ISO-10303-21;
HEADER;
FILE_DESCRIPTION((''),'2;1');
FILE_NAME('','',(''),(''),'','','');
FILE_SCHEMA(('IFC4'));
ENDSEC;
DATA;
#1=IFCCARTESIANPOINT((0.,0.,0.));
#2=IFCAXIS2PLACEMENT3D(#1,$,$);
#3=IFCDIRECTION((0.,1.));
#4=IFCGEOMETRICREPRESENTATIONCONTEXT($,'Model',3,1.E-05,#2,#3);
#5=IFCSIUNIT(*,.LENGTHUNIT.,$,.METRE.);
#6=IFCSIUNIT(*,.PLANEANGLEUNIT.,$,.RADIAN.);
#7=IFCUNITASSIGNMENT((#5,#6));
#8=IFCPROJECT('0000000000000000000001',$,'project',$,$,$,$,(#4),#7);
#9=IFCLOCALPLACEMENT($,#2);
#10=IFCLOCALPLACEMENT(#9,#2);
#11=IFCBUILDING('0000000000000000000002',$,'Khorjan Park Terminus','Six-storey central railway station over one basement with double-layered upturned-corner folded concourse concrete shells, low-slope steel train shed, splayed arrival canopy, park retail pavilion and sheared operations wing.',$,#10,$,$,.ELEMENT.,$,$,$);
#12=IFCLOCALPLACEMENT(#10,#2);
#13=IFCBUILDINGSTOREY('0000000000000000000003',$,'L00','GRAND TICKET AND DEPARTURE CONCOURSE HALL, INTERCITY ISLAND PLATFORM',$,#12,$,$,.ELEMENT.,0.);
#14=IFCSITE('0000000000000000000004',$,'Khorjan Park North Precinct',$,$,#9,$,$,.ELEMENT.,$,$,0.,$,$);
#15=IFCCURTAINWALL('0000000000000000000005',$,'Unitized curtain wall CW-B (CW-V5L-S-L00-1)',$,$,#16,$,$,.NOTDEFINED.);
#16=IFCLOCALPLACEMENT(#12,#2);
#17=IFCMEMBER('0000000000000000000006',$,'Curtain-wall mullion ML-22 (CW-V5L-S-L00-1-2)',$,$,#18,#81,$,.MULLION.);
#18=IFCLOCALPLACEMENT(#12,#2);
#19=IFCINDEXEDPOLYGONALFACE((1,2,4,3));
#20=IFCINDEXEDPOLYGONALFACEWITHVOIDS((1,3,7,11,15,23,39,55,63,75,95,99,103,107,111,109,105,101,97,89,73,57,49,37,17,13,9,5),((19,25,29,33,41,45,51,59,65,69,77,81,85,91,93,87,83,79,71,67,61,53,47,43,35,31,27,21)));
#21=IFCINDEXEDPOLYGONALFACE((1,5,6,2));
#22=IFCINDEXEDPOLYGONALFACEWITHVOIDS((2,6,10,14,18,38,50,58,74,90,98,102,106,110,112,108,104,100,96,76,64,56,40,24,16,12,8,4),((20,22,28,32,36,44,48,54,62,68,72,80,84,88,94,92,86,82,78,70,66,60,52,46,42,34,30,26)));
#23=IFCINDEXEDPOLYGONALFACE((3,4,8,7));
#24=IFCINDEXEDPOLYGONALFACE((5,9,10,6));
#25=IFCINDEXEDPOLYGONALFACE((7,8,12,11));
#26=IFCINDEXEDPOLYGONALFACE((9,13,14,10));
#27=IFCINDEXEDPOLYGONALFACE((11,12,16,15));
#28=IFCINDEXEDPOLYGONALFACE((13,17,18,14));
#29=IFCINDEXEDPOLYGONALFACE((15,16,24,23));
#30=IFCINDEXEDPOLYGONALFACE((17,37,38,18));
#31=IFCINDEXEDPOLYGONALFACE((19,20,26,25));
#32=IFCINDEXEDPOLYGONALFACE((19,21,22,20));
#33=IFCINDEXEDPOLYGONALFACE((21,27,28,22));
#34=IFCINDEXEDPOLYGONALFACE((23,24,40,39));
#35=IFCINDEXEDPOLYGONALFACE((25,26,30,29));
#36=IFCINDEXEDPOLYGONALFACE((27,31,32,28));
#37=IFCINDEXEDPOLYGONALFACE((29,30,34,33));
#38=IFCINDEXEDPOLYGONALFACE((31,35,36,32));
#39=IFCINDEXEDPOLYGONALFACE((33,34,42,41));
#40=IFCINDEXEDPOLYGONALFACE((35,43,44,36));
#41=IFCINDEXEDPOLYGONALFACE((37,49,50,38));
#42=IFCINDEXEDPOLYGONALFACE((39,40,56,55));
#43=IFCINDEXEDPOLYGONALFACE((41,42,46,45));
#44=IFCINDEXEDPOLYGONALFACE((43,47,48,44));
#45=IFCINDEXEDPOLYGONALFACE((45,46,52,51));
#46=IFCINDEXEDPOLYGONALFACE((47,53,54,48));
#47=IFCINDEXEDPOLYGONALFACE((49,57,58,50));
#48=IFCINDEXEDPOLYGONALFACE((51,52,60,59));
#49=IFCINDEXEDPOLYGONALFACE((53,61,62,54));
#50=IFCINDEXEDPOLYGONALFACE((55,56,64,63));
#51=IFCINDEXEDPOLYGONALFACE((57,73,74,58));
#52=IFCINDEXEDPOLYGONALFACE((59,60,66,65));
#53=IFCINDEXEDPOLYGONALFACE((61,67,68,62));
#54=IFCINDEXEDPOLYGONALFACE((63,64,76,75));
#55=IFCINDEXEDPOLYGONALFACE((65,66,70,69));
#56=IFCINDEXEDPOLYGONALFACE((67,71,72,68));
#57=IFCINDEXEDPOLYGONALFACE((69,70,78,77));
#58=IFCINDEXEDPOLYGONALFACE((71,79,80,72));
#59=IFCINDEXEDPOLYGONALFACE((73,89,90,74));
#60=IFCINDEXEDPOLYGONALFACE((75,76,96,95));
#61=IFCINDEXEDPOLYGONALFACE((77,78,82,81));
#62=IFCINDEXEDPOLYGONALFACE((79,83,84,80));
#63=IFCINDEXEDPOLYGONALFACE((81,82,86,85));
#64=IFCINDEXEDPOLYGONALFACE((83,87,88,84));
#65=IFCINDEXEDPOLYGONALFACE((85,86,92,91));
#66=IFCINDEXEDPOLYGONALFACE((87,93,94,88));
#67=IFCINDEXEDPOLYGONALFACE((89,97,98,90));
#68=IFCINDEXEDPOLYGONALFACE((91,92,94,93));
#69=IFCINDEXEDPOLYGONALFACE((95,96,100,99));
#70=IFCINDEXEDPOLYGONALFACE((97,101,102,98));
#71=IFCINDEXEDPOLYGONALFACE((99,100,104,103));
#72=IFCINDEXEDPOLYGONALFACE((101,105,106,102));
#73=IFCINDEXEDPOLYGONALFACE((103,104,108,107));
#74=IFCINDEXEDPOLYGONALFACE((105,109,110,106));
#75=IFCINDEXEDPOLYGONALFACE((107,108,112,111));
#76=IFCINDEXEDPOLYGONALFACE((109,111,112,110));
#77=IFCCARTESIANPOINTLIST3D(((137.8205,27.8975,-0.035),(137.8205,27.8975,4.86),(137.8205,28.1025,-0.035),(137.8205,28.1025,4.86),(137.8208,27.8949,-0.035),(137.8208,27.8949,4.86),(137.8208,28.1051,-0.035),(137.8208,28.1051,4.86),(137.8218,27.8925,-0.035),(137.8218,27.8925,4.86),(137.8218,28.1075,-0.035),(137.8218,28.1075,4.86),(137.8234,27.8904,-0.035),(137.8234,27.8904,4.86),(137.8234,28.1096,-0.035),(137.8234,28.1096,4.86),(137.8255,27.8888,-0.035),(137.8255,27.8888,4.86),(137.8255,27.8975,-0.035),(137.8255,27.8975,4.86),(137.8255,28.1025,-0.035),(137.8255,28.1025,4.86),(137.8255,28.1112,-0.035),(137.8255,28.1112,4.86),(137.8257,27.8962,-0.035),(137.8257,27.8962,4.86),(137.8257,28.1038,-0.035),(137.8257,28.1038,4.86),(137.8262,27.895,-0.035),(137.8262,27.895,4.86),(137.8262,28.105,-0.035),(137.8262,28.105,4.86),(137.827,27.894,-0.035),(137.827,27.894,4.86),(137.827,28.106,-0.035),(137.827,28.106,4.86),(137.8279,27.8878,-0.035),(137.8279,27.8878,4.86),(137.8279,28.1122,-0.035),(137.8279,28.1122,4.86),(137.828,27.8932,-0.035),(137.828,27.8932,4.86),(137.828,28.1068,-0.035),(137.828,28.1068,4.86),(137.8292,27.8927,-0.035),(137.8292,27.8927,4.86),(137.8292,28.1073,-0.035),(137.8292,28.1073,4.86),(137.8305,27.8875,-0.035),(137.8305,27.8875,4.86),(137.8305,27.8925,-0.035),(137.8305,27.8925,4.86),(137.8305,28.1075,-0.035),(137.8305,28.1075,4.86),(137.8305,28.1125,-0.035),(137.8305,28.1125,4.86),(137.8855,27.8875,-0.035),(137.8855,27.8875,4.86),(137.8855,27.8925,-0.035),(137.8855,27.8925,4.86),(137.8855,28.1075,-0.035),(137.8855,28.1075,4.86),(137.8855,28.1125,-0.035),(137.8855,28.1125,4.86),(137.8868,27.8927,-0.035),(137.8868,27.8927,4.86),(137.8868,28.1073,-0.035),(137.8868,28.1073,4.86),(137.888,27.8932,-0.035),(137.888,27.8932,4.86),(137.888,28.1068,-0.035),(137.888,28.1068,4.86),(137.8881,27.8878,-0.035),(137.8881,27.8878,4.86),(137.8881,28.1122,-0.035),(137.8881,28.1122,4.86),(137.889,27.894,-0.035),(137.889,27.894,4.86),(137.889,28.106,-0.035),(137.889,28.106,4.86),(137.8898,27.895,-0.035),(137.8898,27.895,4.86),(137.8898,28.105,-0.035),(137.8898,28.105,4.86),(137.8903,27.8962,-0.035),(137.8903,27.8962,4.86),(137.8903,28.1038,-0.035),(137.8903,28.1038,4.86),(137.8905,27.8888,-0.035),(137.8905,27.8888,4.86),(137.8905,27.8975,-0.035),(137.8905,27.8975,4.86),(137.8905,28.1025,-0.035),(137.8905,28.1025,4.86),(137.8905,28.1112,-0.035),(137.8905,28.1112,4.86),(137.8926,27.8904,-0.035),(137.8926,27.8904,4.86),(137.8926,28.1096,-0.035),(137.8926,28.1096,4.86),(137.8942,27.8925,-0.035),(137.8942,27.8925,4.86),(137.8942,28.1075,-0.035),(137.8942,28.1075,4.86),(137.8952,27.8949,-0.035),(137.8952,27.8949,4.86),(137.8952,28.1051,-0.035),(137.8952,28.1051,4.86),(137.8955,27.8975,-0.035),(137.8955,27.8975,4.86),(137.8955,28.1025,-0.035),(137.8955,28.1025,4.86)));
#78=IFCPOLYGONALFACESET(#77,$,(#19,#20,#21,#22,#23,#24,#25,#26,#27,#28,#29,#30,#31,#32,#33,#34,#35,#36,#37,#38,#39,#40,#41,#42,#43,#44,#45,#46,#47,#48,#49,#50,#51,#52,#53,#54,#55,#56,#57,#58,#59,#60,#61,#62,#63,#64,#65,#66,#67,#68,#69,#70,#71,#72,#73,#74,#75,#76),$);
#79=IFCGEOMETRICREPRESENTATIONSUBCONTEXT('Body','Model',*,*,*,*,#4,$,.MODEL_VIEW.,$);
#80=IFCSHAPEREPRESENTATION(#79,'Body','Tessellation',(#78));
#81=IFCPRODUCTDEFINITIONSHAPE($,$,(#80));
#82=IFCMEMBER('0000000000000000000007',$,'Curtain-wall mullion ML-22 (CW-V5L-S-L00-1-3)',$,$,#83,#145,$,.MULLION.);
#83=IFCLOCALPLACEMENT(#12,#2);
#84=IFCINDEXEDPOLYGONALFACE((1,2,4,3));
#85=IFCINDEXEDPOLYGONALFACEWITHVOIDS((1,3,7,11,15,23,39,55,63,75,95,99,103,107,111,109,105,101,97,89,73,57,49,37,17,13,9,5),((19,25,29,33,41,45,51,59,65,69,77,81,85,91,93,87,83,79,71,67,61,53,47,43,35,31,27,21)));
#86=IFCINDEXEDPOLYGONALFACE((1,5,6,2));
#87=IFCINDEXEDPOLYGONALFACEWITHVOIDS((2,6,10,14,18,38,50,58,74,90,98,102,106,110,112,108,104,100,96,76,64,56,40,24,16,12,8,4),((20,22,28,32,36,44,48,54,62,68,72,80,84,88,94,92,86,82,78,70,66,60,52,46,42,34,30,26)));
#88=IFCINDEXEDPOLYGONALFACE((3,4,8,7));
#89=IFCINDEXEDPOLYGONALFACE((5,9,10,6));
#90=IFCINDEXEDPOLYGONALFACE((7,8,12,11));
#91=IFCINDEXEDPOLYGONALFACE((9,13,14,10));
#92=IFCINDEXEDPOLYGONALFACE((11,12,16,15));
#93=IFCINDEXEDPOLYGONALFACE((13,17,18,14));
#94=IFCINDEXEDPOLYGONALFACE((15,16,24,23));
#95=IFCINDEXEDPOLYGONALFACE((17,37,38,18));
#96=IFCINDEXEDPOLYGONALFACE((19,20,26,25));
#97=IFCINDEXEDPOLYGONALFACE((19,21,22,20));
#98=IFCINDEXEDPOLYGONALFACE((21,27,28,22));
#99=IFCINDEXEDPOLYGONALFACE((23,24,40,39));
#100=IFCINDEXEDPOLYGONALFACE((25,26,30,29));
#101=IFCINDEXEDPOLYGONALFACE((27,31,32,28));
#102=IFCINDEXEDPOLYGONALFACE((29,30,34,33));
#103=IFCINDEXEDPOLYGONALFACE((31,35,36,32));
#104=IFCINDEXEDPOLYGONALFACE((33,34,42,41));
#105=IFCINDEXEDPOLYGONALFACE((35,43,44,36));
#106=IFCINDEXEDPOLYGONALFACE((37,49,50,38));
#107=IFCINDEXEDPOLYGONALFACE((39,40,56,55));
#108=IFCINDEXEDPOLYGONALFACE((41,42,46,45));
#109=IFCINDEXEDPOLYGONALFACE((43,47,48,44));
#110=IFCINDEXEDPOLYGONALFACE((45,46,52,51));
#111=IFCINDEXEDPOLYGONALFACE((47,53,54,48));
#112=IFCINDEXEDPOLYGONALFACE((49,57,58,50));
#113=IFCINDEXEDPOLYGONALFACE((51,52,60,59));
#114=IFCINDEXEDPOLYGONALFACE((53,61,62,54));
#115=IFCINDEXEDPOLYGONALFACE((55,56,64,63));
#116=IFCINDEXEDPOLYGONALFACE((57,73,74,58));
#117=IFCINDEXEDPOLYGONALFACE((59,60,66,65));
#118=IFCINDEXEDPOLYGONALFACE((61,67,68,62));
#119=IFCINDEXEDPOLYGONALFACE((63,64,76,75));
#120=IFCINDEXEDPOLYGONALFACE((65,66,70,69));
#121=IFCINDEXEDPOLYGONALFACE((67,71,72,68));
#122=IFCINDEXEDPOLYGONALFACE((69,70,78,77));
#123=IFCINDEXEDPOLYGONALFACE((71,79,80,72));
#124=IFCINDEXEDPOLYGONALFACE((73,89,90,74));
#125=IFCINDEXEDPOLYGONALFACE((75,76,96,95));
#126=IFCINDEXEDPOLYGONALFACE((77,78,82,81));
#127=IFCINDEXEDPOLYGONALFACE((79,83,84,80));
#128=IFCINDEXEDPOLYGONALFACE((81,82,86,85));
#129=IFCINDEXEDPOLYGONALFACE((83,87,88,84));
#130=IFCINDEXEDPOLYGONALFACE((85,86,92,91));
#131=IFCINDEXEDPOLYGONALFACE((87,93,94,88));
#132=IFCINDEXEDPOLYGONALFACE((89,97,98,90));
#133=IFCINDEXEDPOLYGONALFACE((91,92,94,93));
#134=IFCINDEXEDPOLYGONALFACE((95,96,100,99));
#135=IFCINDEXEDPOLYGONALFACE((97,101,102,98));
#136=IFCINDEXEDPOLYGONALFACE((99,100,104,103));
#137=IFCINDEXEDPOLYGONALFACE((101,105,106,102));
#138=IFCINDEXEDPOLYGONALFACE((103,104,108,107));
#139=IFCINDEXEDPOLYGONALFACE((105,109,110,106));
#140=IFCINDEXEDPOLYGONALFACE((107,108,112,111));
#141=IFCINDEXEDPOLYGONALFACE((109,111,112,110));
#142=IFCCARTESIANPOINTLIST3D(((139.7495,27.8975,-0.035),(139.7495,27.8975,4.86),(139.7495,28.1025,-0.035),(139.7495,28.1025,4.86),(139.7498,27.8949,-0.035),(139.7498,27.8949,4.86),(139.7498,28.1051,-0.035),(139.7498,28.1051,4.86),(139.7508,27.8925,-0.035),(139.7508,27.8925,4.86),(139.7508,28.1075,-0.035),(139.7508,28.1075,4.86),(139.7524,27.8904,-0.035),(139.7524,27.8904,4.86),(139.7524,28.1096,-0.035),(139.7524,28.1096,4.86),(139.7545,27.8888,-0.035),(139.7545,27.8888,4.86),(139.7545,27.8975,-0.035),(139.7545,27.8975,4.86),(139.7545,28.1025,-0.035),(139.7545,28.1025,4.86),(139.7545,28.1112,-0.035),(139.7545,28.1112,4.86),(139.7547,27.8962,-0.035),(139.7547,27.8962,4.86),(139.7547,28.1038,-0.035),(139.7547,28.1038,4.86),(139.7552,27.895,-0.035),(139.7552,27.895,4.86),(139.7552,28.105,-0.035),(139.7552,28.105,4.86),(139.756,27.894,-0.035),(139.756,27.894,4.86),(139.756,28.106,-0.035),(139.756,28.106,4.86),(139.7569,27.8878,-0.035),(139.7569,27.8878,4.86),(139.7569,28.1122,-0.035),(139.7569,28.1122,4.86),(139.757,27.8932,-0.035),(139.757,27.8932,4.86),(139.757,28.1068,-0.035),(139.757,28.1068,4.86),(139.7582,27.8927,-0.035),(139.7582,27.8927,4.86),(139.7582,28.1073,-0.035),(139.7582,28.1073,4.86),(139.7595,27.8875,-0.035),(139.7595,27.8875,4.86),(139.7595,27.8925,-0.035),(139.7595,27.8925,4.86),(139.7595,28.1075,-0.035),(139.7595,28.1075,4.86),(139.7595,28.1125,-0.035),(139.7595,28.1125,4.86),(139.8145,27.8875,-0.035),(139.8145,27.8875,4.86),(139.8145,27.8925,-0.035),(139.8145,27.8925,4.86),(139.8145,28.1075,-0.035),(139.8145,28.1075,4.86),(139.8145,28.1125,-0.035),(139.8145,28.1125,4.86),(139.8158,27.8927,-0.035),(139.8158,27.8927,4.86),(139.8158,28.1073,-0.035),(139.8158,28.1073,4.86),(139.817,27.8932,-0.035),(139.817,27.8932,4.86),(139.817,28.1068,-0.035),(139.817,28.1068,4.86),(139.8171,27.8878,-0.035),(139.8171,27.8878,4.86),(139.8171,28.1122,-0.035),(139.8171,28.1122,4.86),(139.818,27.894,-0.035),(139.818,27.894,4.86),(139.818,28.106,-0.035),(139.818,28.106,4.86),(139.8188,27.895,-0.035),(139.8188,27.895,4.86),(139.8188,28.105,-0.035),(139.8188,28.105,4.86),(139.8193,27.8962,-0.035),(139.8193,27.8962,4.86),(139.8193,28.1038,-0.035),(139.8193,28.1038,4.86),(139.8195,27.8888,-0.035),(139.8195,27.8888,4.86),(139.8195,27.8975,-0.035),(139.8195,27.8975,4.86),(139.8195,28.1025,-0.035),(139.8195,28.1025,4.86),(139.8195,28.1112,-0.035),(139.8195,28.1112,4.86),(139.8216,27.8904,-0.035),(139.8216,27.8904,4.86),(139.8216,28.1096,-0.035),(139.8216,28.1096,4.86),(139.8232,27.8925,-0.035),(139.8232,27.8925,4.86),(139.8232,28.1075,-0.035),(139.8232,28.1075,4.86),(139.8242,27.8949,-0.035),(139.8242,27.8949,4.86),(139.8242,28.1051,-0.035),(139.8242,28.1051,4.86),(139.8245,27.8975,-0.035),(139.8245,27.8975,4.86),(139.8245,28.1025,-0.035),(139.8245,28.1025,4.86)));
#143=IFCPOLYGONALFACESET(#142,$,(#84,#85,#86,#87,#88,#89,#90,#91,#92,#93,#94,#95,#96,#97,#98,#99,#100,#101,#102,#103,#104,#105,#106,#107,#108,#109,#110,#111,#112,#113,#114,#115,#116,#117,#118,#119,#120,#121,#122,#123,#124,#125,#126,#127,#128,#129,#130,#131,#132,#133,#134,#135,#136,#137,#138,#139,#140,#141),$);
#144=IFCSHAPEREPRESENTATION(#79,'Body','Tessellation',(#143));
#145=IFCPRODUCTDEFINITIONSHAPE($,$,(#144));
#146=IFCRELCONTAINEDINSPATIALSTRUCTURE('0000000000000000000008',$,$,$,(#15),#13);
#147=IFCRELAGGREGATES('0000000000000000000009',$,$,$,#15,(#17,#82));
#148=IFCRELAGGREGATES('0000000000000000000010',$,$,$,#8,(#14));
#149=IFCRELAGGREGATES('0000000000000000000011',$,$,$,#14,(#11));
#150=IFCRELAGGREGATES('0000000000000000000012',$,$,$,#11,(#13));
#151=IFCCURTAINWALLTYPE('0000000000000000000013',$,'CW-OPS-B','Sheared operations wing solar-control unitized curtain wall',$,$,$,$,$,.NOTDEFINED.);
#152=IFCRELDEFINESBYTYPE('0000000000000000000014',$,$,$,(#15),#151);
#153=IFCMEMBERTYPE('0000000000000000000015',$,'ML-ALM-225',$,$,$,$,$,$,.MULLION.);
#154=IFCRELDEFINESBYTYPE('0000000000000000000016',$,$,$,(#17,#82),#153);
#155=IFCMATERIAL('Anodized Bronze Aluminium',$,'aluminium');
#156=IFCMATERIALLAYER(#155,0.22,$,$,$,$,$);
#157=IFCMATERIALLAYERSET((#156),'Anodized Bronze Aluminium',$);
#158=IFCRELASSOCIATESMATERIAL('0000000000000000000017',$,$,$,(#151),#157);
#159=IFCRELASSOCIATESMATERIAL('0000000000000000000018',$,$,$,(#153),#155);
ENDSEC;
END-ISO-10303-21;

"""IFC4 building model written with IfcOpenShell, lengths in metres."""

from ifc_helpers import new_model, si_unit, direction, frame, origin, origin_2d, place, context, subcontext, project, spatial, hollow_rectangle, extrude, material, layer, layer_set, material_profile, profile_set, type_object, element, aggregate, save


model = new_model("IFC4")

# Units and contexts
model_context = context("Model", 3, precision=1e-05, world=origin(), true_north=direction((0.0, 1.0)))
body_context = subcontext(model_context, "Body", "Model", "MODEL_VIEW")
ifc_project = project(units=[si_unit("LENGTHUNIT", "METRE"), si_unit("PLANEANGLEUNIT", "RADIAN")], contexts=[model_context])

# Site, building, storey
site_placement = place(None, origin())
site = spatial("IfcSite", under=ifc_project, at=site_placement, Name="Khorjan Park North Precinct", CompositionType="ELEMENT", RefElevation=0.0)
building_placement = place(site_placement, origin())
building = spatial("IfcBuilding", under=site, at=building_placement, Name="Khorjan Park Terminus", Description="Six-storey central railway station over one basement with double-layered upturned-corner folded concourse concrete shells, low-slope steel train shed, splayed arrival canopy, park retail pavilion and sheared operations wing.", CompositionType="ELEMENT")
storey_placement = place(building_placement, origin())
storey = spatial("IfcBuildingStorey", under=building, at=storey_placement, Name="L00", Description="GRAND TICKET AND DEPARTURE CONCOURSE HALL, INTERCITY ISLAND PLATFORM", CompositionType="ELEMENT", Elevation=0.0)

# Curtain wall, members
ifc_material_1 = material(Name="Anodized Bronze Aluminium", Category="aluminium")
ifc_layer_1 = layer(ifc_material_1, 0.22)
ifc_layer_set_1 = layer_set([ifc_layer_1], Name="Anodized Bronze Aluminium")
curtain_wall_type = type_object("IfcCurtainWallType", Name="CW-OPS-B", Description="Sheared operations wing solar-control unitized curtain wall", PredefinedType="NOTDEFINED", material=ifc_layer_set_1)
curtain_wall_placement = place(storey_placement, origin())
curtain_wall = element("IfcCurtainWall", 1, at=curtain_wall_placement, inside=storey, type_object=curtain_wall_type, Name="Unitized curtain wall CW-B (CW-V5L-S-L00-1)", PredefinedType="NOTDEFINED")
ifc_material_profile_1 = material_profile(ifc_material_1, hollow_rectangle(XDim=0.075, YDim=0.225, WallThickness=0.005, InnerFilletRadius=0.005, OuterFilletRadius=0.01, at=origin_2d()), Name="ALM 75x225x5")
ifc_profile_set_1 = profile_set([ifc_material_profile_1], Name="Anodized Bronze Aluminium")
member_type_1 = type_object("IfcMemberType", Name="ML-ALM-225", PredefinedType="MULLION", material=ifc_profile_set_1)
member_1_placement = place(storey_placement, frame((137.858, 28.0, -0.035), z_axis=(0.0, 0.0, 1.0), x_axis=(1.0, 0.0, 0.0)))
member_1 = element("IfcMember", 2, at=member_1_placement, type_object=member_type_1, Name="Curtain-wall mullion ML-22 (CW-V5L-S-L00-1-2)", PredefinedType="MULLION", context=body_context, shape_type="SweptSolid", body=[
    extrude(hollow_rectangle(XDim=0.075, YDim=0.225, WallThickness=0.005, InnerFilletRadius=0.005, OuterFilletRadius=0.01, at=origin_2d()), origin(), (0.0, 0.0, 1.0), 4.895),
])
member_2_placement = place(storey_placement, frame((139.787, 28.0, -0.035), z_axis=(0.0, 0.0, 1.0), x_axis=(1.0, 0.0, 0.0)))
member_2 = element("IfcMember", 3, at=member_2_placement, type_object=member_type_1, Name="Curtain-wall mullion ML-22 (CW-V5L-S-L00-1-3)", PredefinedType="MULLION", context=body_context, shape_type="SweptSolid", body=[
    extrude(hollow_rectangle(XDim=0.075, YDim=0.225, WallThickness=0.005, InnerFilletRadius=0.005, OuterFilletRadius=0.01, at=origin_2d()), origin(), (0.0, 0.0, 1.0), 4.895),
])
aggregate(curtain_wall, [member_1, member_2])

save(model, "model.ifc")
